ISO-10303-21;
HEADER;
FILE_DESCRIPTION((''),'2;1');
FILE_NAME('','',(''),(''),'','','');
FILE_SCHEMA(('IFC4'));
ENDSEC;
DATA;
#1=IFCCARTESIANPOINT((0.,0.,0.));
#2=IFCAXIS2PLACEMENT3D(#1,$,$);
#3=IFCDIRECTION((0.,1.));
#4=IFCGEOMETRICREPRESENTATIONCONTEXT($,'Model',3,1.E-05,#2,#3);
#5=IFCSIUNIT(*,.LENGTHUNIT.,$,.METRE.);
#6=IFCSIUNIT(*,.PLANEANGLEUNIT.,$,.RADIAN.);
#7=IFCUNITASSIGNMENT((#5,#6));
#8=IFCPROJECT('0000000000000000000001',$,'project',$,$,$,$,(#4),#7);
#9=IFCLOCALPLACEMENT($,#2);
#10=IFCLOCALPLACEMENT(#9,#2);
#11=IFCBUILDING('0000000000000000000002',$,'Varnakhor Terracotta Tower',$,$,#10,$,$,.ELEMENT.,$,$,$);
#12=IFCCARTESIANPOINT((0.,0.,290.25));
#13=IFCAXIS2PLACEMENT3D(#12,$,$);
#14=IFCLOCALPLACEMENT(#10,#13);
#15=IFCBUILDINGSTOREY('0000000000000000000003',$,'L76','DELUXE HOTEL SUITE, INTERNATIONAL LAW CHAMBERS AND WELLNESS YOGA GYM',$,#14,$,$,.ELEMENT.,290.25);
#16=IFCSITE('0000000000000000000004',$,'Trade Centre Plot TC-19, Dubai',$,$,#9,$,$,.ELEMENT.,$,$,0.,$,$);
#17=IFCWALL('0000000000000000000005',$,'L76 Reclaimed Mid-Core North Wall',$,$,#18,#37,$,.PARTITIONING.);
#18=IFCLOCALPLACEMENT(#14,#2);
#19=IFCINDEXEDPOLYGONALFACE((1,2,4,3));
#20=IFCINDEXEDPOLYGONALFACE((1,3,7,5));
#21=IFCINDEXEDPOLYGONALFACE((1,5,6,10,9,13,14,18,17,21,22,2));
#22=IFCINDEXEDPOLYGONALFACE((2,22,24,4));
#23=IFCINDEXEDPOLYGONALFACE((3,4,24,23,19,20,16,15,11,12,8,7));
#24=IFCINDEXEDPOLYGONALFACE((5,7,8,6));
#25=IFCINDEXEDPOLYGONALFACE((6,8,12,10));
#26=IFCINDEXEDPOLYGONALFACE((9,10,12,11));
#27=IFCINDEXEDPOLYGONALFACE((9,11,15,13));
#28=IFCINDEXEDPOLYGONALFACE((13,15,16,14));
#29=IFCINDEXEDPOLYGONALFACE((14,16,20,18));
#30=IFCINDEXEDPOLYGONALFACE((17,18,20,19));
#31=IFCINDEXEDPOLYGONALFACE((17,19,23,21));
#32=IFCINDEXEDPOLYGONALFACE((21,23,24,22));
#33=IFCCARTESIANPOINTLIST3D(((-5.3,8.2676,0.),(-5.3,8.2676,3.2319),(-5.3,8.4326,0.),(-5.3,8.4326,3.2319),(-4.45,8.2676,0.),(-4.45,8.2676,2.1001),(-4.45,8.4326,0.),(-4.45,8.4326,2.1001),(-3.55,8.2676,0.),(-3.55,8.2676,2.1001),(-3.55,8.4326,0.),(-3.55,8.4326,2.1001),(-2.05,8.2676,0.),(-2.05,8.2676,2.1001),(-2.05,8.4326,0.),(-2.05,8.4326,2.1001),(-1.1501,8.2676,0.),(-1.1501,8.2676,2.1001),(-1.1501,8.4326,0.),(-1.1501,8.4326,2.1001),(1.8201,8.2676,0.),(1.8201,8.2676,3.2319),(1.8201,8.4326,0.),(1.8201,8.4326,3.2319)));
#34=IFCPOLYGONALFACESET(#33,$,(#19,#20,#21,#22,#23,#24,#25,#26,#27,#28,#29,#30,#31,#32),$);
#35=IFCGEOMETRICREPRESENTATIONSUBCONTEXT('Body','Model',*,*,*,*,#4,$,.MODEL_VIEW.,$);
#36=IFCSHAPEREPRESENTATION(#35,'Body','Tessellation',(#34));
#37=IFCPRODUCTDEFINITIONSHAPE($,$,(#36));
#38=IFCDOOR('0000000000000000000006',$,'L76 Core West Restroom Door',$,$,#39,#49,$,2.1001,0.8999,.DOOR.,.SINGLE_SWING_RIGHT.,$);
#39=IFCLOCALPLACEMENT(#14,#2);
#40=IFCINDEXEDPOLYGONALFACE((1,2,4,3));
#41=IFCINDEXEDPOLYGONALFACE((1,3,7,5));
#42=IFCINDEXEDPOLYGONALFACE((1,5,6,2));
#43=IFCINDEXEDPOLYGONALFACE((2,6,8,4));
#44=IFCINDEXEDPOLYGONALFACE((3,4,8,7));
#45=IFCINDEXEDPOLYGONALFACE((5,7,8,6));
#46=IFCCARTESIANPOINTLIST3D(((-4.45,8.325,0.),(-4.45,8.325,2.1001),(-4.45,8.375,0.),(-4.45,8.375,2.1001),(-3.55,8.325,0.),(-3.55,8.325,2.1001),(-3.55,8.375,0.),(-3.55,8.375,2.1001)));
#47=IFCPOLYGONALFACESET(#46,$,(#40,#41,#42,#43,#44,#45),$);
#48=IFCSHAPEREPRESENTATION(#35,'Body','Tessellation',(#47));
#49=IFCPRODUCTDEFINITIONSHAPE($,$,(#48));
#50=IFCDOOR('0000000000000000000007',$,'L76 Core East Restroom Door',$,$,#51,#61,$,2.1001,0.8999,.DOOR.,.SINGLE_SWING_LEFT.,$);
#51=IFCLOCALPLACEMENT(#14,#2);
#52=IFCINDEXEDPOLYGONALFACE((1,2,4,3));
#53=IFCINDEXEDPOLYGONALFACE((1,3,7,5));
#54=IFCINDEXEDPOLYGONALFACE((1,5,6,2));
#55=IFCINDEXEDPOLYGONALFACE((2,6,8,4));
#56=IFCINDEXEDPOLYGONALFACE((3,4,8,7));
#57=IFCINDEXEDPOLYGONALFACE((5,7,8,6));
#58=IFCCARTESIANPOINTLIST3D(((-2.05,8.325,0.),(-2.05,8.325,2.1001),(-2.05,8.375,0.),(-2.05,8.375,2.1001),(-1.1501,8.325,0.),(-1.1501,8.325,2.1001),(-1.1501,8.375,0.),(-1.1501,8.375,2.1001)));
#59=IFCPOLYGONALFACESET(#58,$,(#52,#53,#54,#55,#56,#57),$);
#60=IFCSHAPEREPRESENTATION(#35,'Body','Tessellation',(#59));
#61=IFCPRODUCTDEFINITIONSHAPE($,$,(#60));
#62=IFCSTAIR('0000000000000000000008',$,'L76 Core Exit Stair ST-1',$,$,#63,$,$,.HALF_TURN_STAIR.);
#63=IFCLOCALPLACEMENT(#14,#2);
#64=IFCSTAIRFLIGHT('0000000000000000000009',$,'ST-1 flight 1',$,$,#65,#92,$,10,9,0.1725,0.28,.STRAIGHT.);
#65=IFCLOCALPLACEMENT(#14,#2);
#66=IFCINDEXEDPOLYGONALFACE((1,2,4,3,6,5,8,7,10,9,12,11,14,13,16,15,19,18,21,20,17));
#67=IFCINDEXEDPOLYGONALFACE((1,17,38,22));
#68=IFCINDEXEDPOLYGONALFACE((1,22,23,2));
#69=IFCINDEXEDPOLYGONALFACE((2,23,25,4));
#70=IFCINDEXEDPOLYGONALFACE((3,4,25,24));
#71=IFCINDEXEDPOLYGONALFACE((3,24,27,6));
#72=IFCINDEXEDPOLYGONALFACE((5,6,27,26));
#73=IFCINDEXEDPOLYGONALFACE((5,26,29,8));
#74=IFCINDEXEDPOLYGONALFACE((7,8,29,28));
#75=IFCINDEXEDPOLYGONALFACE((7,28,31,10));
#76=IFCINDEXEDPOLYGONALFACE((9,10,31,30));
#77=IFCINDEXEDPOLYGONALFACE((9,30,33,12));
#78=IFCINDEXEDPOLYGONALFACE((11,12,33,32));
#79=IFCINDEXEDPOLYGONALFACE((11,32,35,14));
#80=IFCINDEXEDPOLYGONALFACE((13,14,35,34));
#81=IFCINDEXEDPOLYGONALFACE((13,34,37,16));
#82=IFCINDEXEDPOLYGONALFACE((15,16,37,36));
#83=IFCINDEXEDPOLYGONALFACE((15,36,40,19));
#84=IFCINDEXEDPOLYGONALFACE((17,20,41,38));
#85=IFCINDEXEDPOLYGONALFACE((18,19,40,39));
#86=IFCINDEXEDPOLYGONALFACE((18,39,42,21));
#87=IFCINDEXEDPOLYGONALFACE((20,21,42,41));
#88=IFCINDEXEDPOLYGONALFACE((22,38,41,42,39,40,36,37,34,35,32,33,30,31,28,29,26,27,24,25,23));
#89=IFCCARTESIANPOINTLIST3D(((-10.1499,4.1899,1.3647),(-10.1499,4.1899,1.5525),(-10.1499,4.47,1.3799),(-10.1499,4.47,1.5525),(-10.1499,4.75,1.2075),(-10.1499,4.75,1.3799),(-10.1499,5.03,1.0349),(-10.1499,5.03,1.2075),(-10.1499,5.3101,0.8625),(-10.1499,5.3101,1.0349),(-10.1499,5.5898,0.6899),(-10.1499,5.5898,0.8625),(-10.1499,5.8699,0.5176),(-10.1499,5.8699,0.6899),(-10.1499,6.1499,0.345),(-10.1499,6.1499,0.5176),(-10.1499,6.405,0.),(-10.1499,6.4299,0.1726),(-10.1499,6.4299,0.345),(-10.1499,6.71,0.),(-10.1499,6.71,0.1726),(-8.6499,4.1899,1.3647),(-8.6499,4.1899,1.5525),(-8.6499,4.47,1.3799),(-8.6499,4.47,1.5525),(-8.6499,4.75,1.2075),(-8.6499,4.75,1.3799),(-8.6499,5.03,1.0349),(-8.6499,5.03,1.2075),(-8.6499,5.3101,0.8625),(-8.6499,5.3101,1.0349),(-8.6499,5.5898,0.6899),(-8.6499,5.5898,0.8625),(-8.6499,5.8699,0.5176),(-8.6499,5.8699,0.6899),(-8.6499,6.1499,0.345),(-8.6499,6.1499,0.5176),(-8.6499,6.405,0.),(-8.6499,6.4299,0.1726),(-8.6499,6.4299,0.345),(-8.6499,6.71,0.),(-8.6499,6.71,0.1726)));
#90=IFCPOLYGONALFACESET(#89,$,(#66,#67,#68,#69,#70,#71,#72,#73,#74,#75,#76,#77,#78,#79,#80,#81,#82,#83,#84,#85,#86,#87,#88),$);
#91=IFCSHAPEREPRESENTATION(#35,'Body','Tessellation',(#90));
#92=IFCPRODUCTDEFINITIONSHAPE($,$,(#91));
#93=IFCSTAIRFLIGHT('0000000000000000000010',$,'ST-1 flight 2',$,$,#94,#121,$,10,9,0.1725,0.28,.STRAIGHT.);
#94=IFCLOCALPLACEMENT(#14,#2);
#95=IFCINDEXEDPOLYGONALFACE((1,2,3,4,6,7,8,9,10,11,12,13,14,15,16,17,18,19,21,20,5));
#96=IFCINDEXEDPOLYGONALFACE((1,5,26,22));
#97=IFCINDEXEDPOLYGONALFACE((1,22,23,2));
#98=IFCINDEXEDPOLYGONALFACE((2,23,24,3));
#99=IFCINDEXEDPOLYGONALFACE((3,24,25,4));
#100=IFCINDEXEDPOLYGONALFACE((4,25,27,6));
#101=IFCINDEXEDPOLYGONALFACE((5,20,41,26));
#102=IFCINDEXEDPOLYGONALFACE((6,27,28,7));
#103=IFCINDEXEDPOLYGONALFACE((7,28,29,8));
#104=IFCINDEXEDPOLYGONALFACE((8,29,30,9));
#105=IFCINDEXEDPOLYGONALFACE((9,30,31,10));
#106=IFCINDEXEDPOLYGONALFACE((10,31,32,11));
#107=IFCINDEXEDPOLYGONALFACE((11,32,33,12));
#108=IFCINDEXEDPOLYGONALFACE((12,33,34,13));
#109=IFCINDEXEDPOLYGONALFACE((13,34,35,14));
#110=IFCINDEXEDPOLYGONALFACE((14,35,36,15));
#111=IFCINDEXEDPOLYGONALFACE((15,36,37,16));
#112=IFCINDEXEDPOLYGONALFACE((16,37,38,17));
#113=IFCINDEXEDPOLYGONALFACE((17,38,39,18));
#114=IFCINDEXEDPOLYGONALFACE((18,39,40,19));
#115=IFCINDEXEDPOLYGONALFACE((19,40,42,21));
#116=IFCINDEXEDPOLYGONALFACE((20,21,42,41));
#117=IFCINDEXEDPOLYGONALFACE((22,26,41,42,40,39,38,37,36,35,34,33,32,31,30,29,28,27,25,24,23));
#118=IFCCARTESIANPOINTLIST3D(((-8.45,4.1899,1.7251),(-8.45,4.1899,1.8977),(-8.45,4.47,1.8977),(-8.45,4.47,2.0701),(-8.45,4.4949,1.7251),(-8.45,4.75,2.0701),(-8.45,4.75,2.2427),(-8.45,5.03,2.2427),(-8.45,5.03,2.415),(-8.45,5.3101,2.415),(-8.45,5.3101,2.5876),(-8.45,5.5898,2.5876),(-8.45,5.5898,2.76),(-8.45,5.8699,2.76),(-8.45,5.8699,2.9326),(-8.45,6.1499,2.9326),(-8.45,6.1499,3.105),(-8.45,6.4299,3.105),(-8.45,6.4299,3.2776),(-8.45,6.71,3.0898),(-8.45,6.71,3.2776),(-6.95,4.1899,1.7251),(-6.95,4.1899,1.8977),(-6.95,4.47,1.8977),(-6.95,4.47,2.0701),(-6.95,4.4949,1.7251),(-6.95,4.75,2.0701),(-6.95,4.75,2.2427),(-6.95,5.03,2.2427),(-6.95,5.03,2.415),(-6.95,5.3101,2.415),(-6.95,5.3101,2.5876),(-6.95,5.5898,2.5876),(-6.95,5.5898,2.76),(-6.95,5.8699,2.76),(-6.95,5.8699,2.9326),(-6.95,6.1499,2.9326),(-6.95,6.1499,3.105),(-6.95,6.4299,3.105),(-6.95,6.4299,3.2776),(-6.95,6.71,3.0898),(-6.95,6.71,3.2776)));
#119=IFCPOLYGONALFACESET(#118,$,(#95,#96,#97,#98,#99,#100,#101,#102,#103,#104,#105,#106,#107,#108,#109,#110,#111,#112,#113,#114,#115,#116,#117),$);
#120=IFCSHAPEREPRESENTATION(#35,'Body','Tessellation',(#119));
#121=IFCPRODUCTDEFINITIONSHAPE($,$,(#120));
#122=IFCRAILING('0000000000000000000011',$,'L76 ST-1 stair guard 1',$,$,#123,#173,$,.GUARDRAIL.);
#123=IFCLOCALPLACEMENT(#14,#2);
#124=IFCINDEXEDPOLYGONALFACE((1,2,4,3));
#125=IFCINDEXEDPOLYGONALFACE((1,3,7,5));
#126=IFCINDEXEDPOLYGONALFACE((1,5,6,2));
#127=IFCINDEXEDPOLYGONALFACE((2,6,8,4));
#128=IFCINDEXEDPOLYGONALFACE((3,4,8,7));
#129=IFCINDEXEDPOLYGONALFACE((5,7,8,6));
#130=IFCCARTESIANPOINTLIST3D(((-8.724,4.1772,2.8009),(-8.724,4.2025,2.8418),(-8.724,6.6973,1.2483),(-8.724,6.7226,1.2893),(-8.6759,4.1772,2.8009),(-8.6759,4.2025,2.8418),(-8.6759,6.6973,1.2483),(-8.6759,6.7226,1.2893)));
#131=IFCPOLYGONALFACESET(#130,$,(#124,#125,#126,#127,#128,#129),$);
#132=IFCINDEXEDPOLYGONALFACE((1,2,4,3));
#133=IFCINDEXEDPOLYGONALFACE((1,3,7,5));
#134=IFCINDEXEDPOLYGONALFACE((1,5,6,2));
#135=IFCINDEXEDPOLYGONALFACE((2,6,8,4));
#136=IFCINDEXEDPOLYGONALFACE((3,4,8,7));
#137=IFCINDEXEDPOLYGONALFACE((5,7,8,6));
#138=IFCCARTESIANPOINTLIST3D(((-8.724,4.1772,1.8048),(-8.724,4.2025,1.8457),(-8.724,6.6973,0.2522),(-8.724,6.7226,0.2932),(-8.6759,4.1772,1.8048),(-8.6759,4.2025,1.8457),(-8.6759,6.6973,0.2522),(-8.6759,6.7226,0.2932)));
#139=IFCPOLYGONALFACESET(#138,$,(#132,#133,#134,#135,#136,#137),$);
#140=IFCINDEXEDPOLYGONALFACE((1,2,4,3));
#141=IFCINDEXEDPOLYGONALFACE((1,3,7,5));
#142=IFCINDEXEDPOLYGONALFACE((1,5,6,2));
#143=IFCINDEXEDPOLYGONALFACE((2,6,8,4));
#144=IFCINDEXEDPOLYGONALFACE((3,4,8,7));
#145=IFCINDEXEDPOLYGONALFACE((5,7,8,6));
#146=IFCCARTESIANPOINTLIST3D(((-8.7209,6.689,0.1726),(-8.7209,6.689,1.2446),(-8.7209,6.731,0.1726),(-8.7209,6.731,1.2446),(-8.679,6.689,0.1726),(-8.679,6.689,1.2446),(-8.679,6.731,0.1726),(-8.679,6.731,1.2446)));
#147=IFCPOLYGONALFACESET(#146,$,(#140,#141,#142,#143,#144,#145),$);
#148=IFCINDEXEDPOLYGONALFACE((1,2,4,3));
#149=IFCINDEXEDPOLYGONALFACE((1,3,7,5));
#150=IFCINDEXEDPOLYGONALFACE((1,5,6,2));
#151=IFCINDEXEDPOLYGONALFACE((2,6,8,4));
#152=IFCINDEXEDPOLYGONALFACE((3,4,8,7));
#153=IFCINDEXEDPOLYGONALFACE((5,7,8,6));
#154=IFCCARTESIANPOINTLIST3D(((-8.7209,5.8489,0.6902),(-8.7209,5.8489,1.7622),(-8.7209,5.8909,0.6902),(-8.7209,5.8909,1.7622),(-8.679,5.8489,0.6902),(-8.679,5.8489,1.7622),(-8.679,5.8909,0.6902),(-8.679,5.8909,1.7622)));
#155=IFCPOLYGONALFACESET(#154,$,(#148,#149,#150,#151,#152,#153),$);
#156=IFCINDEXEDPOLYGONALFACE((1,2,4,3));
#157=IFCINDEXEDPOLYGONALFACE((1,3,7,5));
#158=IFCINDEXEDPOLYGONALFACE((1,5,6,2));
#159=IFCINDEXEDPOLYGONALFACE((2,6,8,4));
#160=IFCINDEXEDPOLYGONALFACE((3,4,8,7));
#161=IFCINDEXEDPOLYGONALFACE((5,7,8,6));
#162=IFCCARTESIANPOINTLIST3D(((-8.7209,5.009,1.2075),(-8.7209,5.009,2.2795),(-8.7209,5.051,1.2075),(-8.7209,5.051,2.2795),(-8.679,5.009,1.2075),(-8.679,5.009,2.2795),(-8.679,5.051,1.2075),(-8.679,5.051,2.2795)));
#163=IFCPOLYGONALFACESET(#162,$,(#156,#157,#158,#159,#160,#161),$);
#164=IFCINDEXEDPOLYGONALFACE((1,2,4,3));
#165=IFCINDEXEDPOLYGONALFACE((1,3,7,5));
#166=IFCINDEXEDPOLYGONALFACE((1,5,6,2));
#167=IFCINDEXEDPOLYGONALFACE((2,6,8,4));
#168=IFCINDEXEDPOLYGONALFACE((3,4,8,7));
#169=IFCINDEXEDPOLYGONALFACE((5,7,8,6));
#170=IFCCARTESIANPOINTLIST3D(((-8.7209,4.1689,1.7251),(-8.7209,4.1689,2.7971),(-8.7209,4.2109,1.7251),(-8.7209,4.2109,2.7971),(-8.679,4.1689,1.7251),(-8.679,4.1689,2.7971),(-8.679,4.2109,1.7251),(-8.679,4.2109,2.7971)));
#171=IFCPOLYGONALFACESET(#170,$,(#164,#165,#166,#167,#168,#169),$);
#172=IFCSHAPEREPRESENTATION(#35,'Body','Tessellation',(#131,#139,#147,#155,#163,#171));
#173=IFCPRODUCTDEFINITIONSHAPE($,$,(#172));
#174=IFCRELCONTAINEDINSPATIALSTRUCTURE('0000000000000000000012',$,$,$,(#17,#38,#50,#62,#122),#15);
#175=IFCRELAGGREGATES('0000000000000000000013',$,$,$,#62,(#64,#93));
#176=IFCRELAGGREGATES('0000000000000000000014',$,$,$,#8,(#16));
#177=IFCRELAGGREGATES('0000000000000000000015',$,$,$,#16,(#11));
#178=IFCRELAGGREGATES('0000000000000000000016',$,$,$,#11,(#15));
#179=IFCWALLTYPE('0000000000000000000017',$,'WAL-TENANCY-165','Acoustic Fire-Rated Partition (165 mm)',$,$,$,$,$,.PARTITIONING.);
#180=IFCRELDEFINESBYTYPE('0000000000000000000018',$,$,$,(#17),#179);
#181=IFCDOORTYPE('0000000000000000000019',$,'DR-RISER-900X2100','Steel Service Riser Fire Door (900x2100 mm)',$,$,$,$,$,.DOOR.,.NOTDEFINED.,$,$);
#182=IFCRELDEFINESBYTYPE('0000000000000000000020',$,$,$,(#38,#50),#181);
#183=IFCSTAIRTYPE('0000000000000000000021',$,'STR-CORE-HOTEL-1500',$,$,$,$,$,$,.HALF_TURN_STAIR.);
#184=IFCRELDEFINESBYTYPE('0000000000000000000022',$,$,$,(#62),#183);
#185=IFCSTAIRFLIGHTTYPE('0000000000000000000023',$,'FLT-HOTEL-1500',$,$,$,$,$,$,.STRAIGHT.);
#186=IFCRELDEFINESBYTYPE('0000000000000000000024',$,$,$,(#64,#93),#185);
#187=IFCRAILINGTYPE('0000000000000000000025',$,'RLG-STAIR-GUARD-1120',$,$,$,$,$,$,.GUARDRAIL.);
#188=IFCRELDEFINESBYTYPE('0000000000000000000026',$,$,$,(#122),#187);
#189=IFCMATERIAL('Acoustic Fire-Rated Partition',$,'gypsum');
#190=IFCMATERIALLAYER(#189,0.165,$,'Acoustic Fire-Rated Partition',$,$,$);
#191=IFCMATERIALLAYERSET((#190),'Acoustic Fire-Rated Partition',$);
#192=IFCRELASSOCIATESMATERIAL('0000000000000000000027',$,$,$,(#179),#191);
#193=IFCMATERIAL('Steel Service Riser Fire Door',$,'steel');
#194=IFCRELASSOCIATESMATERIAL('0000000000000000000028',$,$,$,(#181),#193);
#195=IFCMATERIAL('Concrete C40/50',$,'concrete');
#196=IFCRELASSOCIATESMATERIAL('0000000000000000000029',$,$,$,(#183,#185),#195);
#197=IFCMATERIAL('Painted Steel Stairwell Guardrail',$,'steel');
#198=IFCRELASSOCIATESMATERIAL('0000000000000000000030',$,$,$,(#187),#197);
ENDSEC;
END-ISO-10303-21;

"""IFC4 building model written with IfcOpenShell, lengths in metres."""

from ifc_helpers import new_model, si_unit, direction, frame, frame_2d, origin, origin_2d, place, context, subcontext, project, spatial, polyline, rectangle, outline, extrude, source, transform, mapped, material, layer, layer_set, type_object, type_shapes, element, fill, aggregate, save


model = new_model("IFC4")

# Units and contexts
model_context = context("Model", 3, precision=1e-05, world=origin(), true_north=direction((0.0, 1.0)))
body_context = subcontext(model_context, "Body", "Model", "MODEL_VIEW")
ifc_project = project(units=[si_unit("LENGTHUNIT", "METRE"), si_unit("PLANEANGLEUNIT", "RADIAN")], contexts=[model_context])

# Site, building, storey
site_placement = place(None, origin())
site = spatial("IfcSite", under=ifc_project, at=site_placement, Name="Trade Centre Plot TC-19, Dubai", CompositionType="ELEMENT", RefElevation=0.0)
building_placement = place(site_placement, origin())
building = spatial("IfcBuilding", under=site, at=building_placement, Name="Varnakhor Terracotta Tower", CompositionType="ELEMENT")
storey_placement = place(building_placement, frame((0.0, 0.0, 290.25)))
storey = spatial("IfcBuildingStorey", under=building, at=storey_placement, Name="L76", Description="DELUXE HOTEL SUITE, INTERNATIONAL LAW CHAMBERS AND WELLNESS YOGA GYM", CompositionType="ELEMENT", Elevation=290.25)

# Shared definitions
ifc_material_1 = material(Name="Concrete C40/50", Category="concrete")

# Shared definitions
ifc_material_2 = material(Name="Acoustic Fire-Rated Partition", Category="gypsum")

# Shared definitions
ifc_layer_1 = layer(ifc_material_2, 0.165, Name="Acoustic Fire-Rated Partition")
ifc_layer_set_1 = layer_set([ifc_layer_1], Name="Acoustic Fire-Rated Partition")
wall_type_1 = type_object("IfcWallType", Name="WAL-TENANCY-165", Description="Acoustic Fire-Rated Partition (165 mm)", PredefinedType="PARTITIONING", material=ifc_layer_set_1)
ifc_material_3 = material(Name="Steel Service Riser Fire Door", Category="steel")
door_type_1 = type_object("IfcDoorType", Name="DR-RISER-900X2100", Description="Steel Service Riser Fire Door (900x2100 mm)", OperationType="NOTDEFINED", PredefinedType="DOOR", material=ifc_material_3)
shared_shape_1 = source(origin(), body_context, "Body", "SweptSolid", [
    extrude(rectangle(XDim=0.8999, YDim=2.1001, at=frame_2d((0.45, 1.05))), frame((0.0, 0.0249, 0.0), z_axis=(0.0, -1.0, 0.0), x_axis=(1.0, 0.0, 0.0)), (0.0, 0.0, 1.0), 0.05),
])
type_shapes(door_type_1, [shared_shape_1])

# Wall, openings, doors
wall_1_placement = place(storey_placement, frame((-5.3, 8.3501, 0.0), z_axis=(0.0, 0.0, 1.0), x_axis=(1.0, 0.0, 0.0)))
wall_1 = element("IfcWall", 1, at=wall_1_placement, inside=storey, type_object=wall_type_1, Name="L76 Reclaimed Mid-Core North Wall", PredefinedType="PARTITIONING", context=body_context, shape_type="SweptSolid", body=[
    extrude(rectangle(XDim=7.1201, YDim=0.165, at=frame_2d((3.5601, 0.0))), origin(), (0.0, 0.0, 1.0), 3.2319),
])
opening_1_placement = place(wall_1_placement, frame((0.8501, 0.0, 0.0)))
opening_1 = element("IfcOpeningElement", 2, at=opening_1_placement, cuts=wall_1, PredefinedType="OPENING", context=body_context, shape_type="SweptSolid", body=[
    extrude(rectangle(XDim=0.8999, YDim=2.1001, at=frame_2d((0.45, 1.05))), frame((0.0, 0.0925, 0.0), z_axis=(0.0, -1.0, 0.0), x_axis=(1.0, 0.0, 0.0)), (0.0, 0.0, 1.0), 0.1851),
])
opening_2_placement = place(wall_1_placement, frame((3.25, 0.0, 0.0)))
opening_2 = element("IfcOpeningElement", 3, at=opening_2_placement, cuts=wall_1, PredefinedType="OPENING", context=body_context, shape_type="SweptSolid", body=[
    extrude(rectangle(XDim=0.8999, YDim=2.1001, at=frame_2d((0.45, 1.05))), frame((0.0, 0.0925, 0.0), z_axis=(0.0, -1.0, 0.0), x_axis=(1.0, 0.0, 0.0)), (0.0, 0.0, 1.0), 0.1851),
])
door_1_placement = place(opening_1_placement, origin())
door_1 = element("IfcDoor", 4, at=door_1_placement, inside=storey, type_object=door_type_1, Name="L76 Core West Restroom Door", OperationType="SINGLE_SWING_RIGHT", OverallHeight=2.1001, OverallWidth=0.8999, PredefinedType="DOOR", context=body_context, shape_type="MappedRepresentation", body=[
    mapped(shared_shape_1, transform((0.0, 0.0, 0.0), scale=1.0)),
])
fill(opening_1, door_1)
door_2_placement = place(opening_2_placement, origin())
door_2 = element("IfcDoor", 5, at=door_2_placement, inside=storey, type_object=door_type_1, Name="L76 Core East Restroom Door", OperationType="SINGLE_SWING_LEFT", OverallHeight=2.1001, OverallWidth=0.8999, PredefinedType="DOOR", context=body_context, shape_type="MappedRepresentation", body=[
    mapped(shared_shape_1, transform((0.0, 0.0, 0.0), scale=1.0)),
])
fill(opening_2, door_2)

# Stair, stair flights
stair_type = type_object("IfcStairType", Name="STR-CORE-HOTEL-1500", PredefinedType="HALF_TURN_STAIR", material=ifc_material_1)
stair_placement = place(storey_placement, origin())
stair = element("IfcStair", 6, at=stair_placement, inside=storey, type_object=stair_type, Name="L76 Core Exit Stair ST-1", PredefinedType="HALF_TURN_STAIR")
stair_flight_type = type_object("IfcStairFlightType", Name="FLT-HOTEL-1500", PredefinedType="STRAIGHT", material=ifc_material_1)
stair_flight_1_placement = place(storey_placement, frame((-9.3999, 6.71, 0.0), z_axis=(0.0, 0.0, 1.0), x_axis=(0.0, -1.0, 0.0)))
stair_flight_1 = element("IfcStairFlight", 7, at=stair_flight_1_placement, type_object=stair_flight_type, Name="ST-1 flight 1", NumberOfRisers=10, NumberOfTreads=9, PredefinedType="STRAIGHT", RiserHeight=0.1725, TreadLength=0.28, context=body_context, shape_type="SweptSolid", body=[
    extrude(outline(polyline([(0.0, 0.0), (0.0, 0.1726), (0.28, 0.1726), (0.28, 0.345), (0.5601, 0.345), (0.5601, 0.5176), (0.8401, 0.5176), (0.8401, 0.6899), (1.1201, 0.6899), (1.1201, 0.8625), (1.3999, 0.8625), (1.3999, 1.0349), (1.6799, 1.0349), (1.6799, 1.2075), (1.96, 1.2075), (1.96, 1.3799), (2.24, 1.3799), (2.24, 1.5525), (2.52, 1.5525), (2.52, 1.7251), (2.52, 1.3647), (0.3049, 0.0), (0.0, 0.0)])), frame((0.0, 0.75, 0.0), z_axis=(0.0, -1.0, 0.0), x_axis=(1.0, 0.0, 0.0)), (0.0, 0.0, 1.0), 1.5),
])
stair_flight_2_placement = place(storey_placement, frame((-7.7, 4.1899, 1.7251), z_axis=(0.0, 0.0, 1.0), x_axis=(0.0, 1.0, 0.0)))
stair_flight_2 = element("IfcStairFlight", 8, at=stair_flight_2_placement, type_object=stair_flight_type, Name="ST-1 flight 2", NumberOfRisers=10, NumberOfTreads=9, PredefinedType="STRAIGHT", RiserHeight=0.1725, TreadLength=0.28, context=body_context, shape_type="SweptSolid", body=[
    extrude(outline(polyline([(0.0, 0.0), (0.0, 0.1726), (0.28, 0.1726), (0.28, 0.345), (0.5601, 0.345), (0.5601, 0.5176), (0.8401, 0.5176), (0.8401, 0.6899), (1.1201, 0.6899), (1.1201, 0.8625), (1.3999, 0.8625), (1.3999, 1.0349), (1.6799, 1.0349), (1.6799, 1.2075), (1.96, 1.2075), (1.96, 1.3799), (2.24, 1.3799), (2.24, 1.5525), (2.52, 1.5525), (2.52, 1.7251), (2.52, 1.3647), (0.3049, 0.0), (0.0, 0.0)])), frame((0.0, 0.75, 0.0), z_axis=(0.0, -1.0, 0.0), x_axis=(1.0, 0.0, 0.0)), (0.0, 0.0, 1.0), 1.5),
])
aggregate(stair, [stair_flight_1, stair_flight_2])

# Railing
ifc_material_4 = material(Name="Painted Steel Stairwell Guardrail", Category="steel")
railing_type_1 = type_object("IfcRailingType", Name="RLG-STAIR-GUARD-1120", PredefinedType="GUARDRAIL", material=ifc_material_4)
railing_1_placement = place(storey_placement, frame((-8.7, 6.71, 0.1726)))
element("IfcRailing", 9, at=railing_1_placement, inside=storey, type_object=railing_type_1, Name="L76 ST-1 stair guard 1", PredefinedType="GUARDRAIL", context=body_context, shape_type="SweptSolid", body=[
    extrude(rectangle(XDim=0.0481, YDim=0.0481, at=origin_2d()), frame((0.0, 0.0, 1.0962), z_axis=(0.0, -0.8514, 0.524516), x_axis=(1.0, 0.0, 0.0)), (0.0, 0.0, 1.0), 2.96),
    extrude(rectangle(XDim=0.0481, YDim=0.0481, at=origin_2d()), frame((0.0, 0.0, 0.1001), z_axis=(0.0, -0.8514, 0.524516), x_axis=(1.0, 0.0, 0.0)), (0.0, 0.0, 1.0), 2.96),
    extrude(rectangle(XDim=0.042, YDim=0.042, at=origin_2d()), origin(), (0.0, 0.0, 1.0), 1.072),
    extrude(rectangle(XDim=0.042, YDim=0.042, at=origin_2d()), frame((0.0, -0.8401, 0.5176)), (0.0, 0.0, 1.0), 1.072),
    extrude(rectangle(XDim=0.042, YDim=0.042, at=origin_2d()), frame((0.0, -1.6799, 1.0349)), (0.0, 0.0, 1.0), 1.072),
    extrude(rectangle(XDim=0.042, YDim=0.042, at=origin_2d()), frame((0.0, -2.52, 1.5525)), (0.0, 0.0, 1.0), 1.072),
])

save(model, "model.ifc")
